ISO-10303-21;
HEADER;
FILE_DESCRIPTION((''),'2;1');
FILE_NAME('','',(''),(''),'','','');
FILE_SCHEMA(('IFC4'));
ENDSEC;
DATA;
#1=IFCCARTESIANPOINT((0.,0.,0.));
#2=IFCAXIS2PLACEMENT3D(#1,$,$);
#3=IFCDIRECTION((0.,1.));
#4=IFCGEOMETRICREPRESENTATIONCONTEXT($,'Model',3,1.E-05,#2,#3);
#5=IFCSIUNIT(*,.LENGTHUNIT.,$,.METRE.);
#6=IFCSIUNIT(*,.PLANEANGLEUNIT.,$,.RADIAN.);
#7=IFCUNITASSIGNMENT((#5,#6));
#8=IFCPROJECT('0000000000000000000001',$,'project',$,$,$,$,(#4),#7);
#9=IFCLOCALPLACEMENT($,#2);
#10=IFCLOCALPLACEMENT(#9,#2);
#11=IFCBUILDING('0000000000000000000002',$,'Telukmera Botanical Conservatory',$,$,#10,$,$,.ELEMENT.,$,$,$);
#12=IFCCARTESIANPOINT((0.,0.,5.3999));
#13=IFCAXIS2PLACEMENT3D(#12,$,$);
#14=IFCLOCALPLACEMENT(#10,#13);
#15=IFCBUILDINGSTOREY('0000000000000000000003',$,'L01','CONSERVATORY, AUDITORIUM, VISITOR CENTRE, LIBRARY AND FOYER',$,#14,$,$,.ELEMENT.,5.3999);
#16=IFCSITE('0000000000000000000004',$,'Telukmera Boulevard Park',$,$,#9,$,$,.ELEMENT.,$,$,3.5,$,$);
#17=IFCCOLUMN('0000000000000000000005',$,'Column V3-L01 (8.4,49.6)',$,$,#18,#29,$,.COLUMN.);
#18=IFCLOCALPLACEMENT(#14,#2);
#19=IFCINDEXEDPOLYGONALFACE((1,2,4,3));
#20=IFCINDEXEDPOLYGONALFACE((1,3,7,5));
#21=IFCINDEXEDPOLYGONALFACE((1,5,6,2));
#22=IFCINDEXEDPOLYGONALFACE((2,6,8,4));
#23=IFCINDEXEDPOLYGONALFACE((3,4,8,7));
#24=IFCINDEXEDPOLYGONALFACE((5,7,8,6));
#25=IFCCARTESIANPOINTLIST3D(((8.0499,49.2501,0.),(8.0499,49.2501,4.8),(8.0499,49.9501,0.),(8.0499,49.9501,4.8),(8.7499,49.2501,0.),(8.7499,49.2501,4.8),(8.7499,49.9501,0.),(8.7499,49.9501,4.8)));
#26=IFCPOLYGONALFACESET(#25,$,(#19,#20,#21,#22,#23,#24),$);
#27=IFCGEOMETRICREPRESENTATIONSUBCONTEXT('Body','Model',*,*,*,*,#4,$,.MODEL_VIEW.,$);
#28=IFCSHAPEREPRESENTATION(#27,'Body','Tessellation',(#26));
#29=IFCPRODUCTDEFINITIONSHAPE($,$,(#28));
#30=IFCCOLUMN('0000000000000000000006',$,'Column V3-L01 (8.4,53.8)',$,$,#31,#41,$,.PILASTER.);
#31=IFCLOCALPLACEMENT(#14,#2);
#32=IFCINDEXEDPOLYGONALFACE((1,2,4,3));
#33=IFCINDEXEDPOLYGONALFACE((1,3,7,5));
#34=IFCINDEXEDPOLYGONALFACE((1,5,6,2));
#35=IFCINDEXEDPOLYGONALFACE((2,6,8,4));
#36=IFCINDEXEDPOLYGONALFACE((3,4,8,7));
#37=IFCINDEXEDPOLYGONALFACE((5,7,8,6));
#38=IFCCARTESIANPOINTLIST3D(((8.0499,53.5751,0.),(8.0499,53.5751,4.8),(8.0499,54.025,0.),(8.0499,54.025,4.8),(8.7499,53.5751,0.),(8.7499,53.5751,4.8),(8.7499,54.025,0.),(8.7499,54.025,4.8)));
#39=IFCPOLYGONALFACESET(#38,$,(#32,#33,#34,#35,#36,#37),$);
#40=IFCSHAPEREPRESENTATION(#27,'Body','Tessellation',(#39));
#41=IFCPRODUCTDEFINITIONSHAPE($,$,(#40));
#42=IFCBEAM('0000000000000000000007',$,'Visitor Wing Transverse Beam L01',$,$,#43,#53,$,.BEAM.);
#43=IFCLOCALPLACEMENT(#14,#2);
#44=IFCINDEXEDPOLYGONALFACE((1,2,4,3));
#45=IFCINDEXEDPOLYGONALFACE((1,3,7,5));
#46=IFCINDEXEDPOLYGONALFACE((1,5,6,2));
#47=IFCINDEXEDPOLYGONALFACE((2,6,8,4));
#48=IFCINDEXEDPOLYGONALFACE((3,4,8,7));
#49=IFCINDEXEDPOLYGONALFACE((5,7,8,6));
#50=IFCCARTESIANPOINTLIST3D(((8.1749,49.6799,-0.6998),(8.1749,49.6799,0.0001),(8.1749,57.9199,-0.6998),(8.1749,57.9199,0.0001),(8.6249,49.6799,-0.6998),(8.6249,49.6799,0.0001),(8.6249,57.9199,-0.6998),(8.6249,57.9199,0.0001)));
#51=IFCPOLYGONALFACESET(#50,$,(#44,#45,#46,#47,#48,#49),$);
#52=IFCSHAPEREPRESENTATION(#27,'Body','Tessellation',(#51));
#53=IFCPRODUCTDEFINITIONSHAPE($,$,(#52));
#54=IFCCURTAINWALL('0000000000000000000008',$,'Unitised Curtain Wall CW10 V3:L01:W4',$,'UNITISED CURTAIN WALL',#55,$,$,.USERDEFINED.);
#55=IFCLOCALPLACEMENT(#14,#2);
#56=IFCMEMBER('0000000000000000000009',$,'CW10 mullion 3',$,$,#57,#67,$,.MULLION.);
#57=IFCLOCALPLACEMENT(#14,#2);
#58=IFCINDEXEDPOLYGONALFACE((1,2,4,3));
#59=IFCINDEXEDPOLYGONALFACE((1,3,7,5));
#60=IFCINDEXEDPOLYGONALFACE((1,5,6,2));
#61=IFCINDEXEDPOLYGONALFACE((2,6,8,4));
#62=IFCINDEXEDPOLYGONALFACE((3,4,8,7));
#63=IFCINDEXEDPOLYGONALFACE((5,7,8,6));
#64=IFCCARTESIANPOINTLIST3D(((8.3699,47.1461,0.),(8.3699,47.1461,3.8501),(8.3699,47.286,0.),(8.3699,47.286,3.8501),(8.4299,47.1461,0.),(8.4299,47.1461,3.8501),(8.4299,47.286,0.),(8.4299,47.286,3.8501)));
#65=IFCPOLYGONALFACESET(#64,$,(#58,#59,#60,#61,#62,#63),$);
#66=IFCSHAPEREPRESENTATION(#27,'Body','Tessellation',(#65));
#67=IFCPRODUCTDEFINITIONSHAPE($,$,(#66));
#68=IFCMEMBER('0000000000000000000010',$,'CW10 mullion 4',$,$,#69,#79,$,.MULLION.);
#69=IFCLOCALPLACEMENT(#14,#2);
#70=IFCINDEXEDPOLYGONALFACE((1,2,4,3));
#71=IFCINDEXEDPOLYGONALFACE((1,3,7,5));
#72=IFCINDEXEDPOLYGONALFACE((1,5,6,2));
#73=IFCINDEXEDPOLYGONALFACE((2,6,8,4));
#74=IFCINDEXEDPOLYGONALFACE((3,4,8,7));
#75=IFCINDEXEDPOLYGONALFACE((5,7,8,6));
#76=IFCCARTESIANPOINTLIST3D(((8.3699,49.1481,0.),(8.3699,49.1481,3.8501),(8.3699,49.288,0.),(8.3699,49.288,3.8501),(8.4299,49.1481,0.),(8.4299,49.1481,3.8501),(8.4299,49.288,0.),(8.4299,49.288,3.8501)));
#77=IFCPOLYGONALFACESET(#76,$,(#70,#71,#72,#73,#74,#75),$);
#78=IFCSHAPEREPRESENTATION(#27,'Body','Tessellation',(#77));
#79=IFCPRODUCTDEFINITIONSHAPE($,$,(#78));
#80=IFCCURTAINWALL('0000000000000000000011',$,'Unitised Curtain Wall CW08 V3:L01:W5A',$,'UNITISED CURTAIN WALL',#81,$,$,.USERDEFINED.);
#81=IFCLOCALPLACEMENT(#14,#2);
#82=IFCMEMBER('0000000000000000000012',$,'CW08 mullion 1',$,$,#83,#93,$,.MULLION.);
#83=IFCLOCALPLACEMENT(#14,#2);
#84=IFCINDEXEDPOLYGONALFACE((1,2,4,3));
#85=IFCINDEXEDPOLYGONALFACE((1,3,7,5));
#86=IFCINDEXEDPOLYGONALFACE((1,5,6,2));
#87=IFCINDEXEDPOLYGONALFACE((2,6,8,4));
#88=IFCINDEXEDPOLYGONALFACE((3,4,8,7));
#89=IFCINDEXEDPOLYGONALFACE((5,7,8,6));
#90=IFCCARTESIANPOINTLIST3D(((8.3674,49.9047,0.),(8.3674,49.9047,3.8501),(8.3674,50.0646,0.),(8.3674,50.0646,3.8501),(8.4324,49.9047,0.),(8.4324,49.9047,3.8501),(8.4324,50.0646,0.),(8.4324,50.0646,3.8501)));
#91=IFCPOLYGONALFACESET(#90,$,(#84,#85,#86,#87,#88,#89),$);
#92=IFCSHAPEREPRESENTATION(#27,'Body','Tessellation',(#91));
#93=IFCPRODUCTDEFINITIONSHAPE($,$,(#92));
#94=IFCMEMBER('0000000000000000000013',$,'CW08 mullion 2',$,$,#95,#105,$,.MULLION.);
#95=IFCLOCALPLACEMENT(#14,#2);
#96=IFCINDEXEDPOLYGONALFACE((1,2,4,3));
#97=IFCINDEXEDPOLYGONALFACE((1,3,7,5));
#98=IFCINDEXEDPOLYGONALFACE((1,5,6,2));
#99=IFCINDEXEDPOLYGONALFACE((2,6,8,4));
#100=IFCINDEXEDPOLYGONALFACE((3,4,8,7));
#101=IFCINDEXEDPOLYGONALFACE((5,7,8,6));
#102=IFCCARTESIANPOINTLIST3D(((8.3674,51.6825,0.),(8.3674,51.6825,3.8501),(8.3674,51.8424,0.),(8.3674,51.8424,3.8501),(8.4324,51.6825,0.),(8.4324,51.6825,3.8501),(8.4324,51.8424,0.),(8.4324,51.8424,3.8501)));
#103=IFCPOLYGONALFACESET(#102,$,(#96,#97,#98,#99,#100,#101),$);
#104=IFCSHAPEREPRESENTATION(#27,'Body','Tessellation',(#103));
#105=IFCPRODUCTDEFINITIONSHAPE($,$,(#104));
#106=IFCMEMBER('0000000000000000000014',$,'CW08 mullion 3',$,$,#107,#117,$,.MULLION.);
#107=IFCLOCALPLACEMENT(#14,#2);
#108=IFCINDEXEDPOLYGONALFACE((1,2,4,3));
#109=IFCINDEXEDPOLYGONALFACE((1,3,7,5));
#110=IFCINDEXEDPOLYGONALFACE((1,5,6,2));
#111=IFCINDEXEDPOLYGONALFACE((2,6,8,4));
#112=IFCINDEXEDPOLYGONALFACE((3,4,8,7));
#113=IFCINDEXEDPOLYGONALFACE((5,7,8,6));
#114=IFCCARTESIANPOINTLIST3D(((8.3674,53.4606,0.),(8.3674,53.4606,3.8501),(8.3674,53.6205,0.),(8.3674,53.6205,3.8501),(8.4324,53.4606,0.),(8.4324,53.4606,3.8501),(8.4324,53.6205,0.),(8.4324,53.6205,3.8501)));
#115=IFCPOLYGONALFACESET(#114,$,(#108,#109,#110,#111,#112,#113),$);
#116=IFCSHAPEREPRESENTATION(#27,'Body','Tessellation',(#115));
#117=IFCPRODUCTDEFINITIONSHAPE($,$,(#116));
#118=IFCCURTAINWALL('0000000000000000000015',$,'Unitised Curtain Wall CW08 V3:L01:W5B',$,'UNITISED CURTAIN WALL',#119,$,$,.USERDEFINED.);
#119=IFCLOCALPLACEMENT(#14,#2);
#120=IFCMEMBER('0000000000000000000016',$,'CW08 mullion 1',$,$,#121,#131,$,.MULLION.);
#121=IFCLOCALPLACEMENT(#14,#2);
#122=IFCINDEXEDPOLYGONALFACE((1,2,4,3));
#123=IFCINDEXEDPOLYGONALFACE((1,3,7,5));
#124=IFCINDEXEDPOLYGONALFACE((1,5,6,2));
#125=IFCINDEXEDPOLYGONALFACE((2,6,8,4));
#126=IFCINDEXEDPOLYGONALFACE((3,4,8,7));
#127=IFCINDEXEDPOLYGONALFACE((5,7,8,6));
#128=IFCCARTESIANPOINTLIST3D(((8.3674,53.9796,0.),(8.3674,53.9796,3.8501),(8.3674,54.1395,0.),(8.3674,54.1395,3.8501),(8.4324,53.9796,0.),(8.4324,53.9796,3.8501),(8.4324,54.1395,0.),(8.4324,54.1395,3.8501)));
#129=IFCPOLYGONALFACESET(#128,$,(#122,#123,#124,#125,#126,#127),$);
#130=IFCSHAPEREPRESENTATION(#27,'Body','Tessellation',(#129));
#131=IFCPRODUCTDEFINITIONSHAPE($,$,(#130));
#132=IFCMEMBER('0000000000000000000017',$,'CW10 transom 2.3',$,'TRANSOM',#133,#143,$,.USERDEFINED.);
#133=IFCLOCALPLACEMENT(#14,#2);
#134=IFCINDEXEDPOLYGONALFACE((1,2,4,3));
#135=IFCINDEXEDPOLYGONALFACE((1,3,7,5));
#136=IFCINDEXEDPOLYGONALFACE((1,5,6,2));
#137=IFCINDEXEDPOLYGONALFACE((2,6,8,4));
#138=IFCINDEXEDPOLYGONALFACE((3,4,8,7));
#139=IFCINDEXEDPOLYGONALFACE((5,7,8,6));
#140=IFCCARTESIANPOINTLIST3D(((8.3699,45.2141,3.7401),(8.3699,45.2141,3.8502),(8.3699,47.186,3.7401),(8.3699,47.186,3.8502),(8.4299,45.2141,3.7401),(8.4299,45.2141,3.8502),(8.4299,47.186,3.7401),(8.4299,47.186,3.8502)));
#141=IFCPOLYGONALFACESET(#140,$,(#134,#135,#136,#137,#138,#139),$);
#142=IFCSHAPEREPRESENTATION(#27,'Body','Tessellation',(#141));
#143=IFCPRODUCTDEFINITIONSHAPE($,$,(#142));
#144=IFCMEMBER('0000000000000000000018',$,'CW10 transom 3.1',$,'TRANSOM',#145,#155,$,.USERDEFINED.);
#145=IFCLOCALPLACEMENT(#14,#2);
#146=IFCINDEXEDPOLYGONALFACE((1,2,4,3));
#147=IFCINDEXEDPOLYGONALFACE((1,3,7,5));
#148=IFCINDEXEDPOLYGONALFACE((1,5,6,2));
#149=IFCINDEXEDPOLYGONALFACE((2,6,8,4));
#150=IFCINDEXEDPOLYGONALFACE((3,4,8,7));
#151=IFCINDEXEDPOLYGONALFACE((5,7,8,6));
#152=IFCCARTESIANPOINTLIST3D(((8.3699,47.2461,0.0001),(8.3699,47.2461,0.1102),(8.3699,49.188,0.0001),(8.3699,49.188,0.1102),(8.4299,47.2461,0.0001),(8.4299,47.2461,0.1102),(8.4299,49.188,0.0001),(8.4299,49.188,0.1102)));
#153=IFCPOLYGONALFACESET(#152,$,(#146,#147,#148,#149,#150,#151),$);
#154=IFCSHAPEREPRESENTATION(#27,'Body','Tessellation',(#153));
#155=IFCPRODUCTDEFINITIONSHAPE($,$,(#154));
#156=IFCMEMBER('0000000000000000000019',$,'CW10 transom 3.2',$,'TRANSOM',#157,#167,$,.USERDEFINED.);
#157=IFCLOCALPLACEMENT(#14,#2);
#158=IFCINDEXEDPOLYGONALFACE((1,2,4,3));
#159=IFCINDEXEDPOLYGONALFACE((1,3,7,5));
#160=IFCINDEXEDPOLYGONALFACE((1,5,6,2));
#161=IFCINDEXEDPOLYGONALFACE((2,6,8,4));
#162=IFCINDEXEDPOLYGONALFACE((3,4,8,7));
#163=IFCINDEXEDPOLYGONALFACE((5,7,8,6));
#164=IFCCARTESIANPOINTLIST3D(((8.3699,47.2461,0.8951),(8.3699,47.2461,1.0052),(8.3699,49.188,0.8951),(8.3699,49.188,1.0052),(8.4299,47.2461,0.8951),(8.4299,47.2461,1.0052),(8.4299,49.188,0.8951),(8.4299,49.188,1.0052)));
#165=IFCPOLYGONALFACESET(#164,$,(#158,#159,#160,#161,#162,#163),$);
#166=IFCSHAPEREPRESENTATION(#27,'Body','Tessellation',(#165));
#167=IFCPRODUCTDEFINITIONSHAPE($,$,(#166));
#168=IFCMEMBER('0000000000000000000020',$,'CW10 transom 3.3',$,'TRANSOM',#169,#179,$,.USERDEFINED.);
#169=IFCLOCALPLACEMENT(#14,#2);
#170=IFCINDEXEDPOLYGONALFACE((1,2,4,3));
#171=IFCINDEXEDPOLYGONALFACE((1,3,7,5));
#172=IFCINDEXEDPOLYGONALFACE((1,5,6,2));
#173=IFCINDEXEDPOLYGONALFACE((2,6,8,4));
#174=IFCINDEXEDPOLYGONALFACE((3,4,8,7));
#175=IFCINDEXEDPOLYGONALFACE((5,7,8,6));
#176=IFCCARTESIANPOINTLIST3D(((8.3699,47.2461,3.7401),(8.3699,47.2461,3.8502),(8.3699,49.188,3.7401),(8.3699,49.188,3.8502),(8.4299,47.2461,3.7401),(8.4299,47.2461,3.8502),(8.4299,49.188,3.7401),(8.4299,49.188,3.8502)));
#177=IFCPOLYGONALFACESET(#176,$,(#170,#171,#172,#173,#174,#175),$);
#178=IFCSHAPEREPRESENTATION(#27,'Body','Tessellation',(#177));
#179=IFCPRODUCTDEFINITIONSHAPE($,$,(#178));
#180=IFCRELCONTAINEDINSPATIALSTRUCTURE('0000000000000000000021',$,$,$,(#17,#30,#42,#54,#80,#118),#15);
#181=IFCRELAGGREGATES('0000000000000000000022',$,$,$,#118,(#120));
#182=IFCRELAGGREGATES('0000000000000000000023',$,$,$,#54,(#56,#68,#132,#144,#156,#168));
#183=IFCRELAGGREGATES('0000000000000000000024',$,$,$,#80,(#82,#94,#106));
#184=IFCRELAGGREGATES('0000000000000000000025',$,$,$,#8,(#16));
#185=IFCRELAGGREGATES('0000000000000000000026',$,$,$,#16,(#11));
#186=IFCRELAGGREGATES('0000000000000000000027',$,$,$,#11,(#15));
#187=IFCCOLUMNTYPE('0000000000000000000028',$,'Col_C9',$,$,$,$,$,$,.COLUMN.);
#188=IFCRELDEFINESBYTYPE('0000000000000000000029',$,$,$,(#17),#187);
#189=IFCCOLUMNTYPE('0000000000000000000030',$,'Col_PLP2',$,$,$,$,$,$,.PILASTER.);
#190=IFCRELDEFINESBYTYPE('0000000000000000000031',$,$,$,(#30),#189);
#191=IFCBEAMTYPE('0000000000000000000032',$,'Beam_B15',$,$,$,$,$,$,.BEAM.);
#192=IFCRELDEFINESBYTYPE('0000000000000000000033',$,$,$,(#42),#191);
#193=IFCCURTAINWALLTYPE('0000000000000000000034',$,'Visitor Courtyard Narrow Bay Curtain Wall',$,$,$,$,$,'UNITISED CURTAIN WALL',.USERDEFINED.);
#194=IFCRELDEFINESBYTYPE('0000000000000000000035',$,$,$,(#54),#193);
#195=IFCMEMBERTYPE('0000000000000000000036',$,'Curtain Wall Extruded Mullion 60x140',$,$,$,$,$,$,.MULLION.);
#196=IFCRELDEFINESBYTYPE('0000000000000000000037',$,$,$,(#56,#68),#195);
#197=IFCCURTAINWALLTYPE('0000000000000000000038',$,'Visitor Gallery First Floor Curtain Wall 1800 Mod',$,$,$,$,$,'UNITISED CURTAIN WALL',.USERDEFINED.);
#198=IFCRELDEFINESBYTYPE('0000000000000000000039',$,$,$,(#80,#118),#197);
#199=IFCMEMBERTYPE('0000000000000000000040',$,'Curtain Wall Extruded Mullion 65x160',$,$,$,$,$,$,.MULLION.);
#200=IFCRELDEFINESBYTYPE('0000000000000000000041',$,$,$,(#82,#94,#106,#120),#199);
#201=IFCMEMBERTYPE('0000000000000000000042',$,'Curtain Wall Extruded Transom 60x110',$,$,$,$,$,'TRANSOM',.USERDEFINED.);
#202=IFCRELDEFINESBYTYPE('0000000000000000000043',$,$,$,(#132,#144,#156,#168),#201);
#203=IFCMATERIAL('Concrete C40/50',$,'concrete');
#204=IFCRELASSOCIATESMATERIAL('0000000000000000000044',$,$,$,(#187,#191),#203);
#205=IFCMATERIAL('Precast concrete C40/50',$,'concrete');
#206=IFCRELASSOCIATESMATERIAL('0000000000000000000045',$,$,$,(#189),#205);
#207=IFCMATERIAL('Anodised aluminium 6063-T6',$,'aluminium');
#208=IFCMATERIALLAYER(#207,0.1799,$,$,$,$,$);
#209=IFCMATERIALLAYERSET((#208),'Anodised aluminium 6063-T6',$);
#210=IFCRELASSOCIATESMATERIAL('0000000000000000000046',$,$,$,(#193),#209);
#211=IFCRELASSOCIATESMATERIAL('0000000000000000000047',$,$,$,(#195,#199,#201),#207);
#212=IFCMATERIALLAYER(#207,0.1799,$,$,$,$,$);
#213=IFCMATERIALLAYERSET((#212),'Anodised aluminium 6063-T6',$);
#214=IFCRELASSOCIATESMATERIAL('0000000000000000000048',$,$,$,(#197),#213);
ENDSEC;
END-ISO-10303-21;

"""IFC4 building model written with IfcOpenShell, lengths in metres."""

from ifc_helpers import new_model, si_unit, direction, frame, origin, origin_2d, place, context, subcontext, project, spatial, rectangle, extrude, material, layer, layer_set, material_profile, profile_set, type_object, element, aggregate, save


model = new_model("IFC4")

# Units and contexts
model_context = context("Model", 3, precision=1e-05, world=origin(), true_north=direction((0.0, 1.0)))
body_context = subcontext(model_context, "Body", "Model", "MODEL_VIEW")
ifc_project = project(units=[si_unit("LENGTHUNIT", "METRE"), si_unit("PLANEANGLEUNIT", "RADIAN")], contexts=[model_context])

# Site, building, storey
site_placement = place(None, origin())
site = spatial("IfcSite", under=ifc_project, at=site_placement, Name="Telukmera Boulevard Park", CompositionType="ELEMENT", RefElevation=3.5)
building_placement = place(site_placement, origin())
building = spatial("IfcBuilding", under=site, at=building_placement, Name="Telukmera Botanical Conservatory", CompositionType="ELEMENT")
storey_placement = place(building_placement, frame((0.0, 0.0, 5.3999)))
storey = spatial("IfcBuildingStorey", under=building, at=storey_placement, Name="L01", Description="CONSERVATORY, AUDITORIUM, VISITOR CENTRE, LIBRARY AND FOYER", CompositionType="ELEMENT", Elevation=5.3999)

# Columns
ifc_material_1 = material(Name="Concrete C40/50", Category="concrete")
ifc_material_profile_1 = material_profile(ifc_material_1, rectangle(XDim=0.7, YDim=0.7, at=origin_2d()), Name="RC 700x700")
ifc_profile_set_1 = profile_set([ifc_material_profile_1], Name="Concrete C40/50")
column_type_1 = type_object("IfcColumnType", Name="Col_C9", PredefinedType="COLUMN", material=ifc_profile_set_1)
column_1_placement = place(storey_placement, frame((8.3999, 49.6001, 0.0), z_axis=(0.0, 0.0, 1.0), x_axis=(1.0, 0.0, 0.0)))
element("IfcColumn", 1, at=column_1_placement, inside=storey, type_object=column_type_1, Name="Column V3-L01 (8.4,49.6)", PredefinedType="COLUMN", context=body_context, shape_type="SweptSolid", body=[
    extrude(rectangle(XDim=0.7, YDim=0.7, at=origin_2d()), origin(), (0.0, 0.0, 1.0), 4.8),
])
ifc_material_2 = material(Name="Precast concrete C40/50", Category="concrete")
ifc_material_profile_2 = material_profile(ifc_material_2, rectangle(XDim=0.7, YDim=0.45, at=origin_2d()), Name="PC 700x450")
ifc_profile_set_2 = profile_set([ifc_material_profile_2], Name="Precast concrete C40/50")
column_type_2 = type_object("IfcColumnType", Name="Col_PLP2", PredefinedType="PILASTER", material=ifc_profile_set_2)
column_2_placement = place(storey_placement, frame((8.3999, 53.8, 0.0), z_axis=(0.0, 0.0, 1.0), x_axis=(1.0, 0.0, 0.0)))
element("IfcColumn", 2, at=column_2_placement, inside=storey, type_object=column_type_2, Name="Column V3-L01 (8.4,53.8)", PredefinedType="PILASTER", context=body_context, shape_type="SweptSolid", body=[
    extrude(rectangle(XDim=0.7, YDim=0.45, at=origin_2d()), origin(), (0.0, 0.0, 1.0), 4.8),
])

# Beam
ifc_material_profile_3 = material_profile(ifc_material_1, rectangle(XDim=0.45, YDim=0.7, at=origin_2d()), Name="RC 450x700")
ifc_profile_set_3 = profile_set([ifc_material_profile_3], Name="Concrete C40/50")
beam_type = type_object("IfcBeamType", Name="Beam_B15", PredefinedType="BEAM", material=ifc_profile_set_3)
beam_placement = place(storey_placement, frame((8.3999, 49.6799, -0.3499), z_axis=(0.0, 1.0, 0.0), x_axis=(-1.0, 0.0, 0.0)))
element("IfcBeam", 3, at=beam_placement, inside=storey, type_object=beam_type, Name="Visitor Wing Transverse Beam L01", PredefinedType="BEAM", context=body_context, shape_type="SweptSolid", body=[
    extrude(rectangle(XDim=0.45, YDim=0.7, at=origin_2d()), origin(), (0.0, 0.0, 1.0), 8.24),
])

# Curtain walls, members
ifc_material_3 = material(Name="Anodised aluminium 6063-T6", Category="aluminium")
ifc_layer_1 = layer(ifc_material_3, 0.1799)
ifc_layer_set_1 = layer_set([ifc_layer_1], Name="Anodised aluminium 6063-T6")
curtain_wall_type_1 = type_object("IfcCurtainWallType", Name="Visitor Courtyard Narrow Bay Curtain Wall", ElementType="UNITISED CURTAIN WALL", PredefinedType="USERDEFINED", material=ifc_layer_set_1)
curtain_wall_1_placement = place(storey_placement, origin())
curtain_wall_1 = element("IfcCurtainWall", 4, at=curtain_wall_1_placement, inside=storey, type_object=curtain_wall_type_1, Name="Unitised Curtain Wall CW10 V3:L01:W4", ObjectType="UNITISED CURTAIN WALL", PredefinedType="USERDEFINED")
ifc_material_profile_4 = material_profile(ifc_material_3, rectangle(XDim=0.0601, YDim=0.1399, at=origin_2d()), Name="ALU MULL 60x140")
ifc_profile_set_4 = profile_set([ifc_material_profile_4], Name="Anodised aluminium 6063-T6")
member_type_1 = type_object("IfcMemberType", Name="Curtain Wall Extruded Mullion 60x140", PredefinedType="MULLION", material=ifc_profile_set_4)
member_1_placement = place(storey_placement, frame((8.3999, 47.2161, 0.0), z_axis=(0.0, 0.0, 1.0), x_axis=(-1.0, 0.0, 0.0)))
member_1 = element("IfcMember", 5, at=member_1_placement, type_object=member_type_1, Name="CW10 mullion 3", PredefinedType="MULLION", context=body_context, shape_type="SweptSolid", body=[
    extrude(rectangle(XDim=0.0601, YDim=0.1399, at=origin_2d()), origin(), (0.0, 0.0, 1.0), 3.8501),
])
member_2_placement = place(storey_placement, frame((8.3999, 49.218, 0.0), z_axis=(0.0, 0.0, 1.0), x_axis=(-1.0, 0.0, 0.0)))
member_2 = element("IfcMember", 6, at=member_2_placement, type_object=member_type_1, Name="CW10 mullion 4", PredefinedType="MULLION", context=body_context, shape_type="SweptSolid", body=[
    extrude(rectangle(XDim=0.0601, YDim=0.1399, at=origin_2d()), origin(), (0.0, 0.0, 1.0), 3.8501),
])
ifc_layer_2 = layer(ifc_material_3, 0.1799)
ifc_layer_set_2 = layer_set([ifc_layer_2], Name="Anodised aluminium 6063-T6")
curtain_wall_type_2 = type_object("IfcCurtainWallType", Name="Visitor Gallery First Floor Curtain Wall 1800 Mod", ElementType="UNITISED CURTAIN WALL", PredefinedType="USERDEFINED", material=ifc_layer_set_2)
curtain_wall_2_placement = place(storey_placement, origin())
curtain_wall_2 = element("IfcCurtainWall", 7, at=curtain_wall_2_placement, inside=storey, type_object=curtain_wall_type_2, Name="Unitised Curtain Wall CW08 V3:L01:W5A", ObjectType="UNITISED CURTAIN WALL", PredefinedType="USERDEFINED")
ifc_material_profile_5 = material_profile(ifc_material_3, rectangle(XDim=0.0649, YDim=0.1599, at=origin_2d()), Name="ALU MULL 65x160")
ifc_profile_set_5 = profile_set([ifc_material_profile_5], Name="Anodised aluminium 6063-T6")
member_type_2 = type_object("IfcMemberType", Name="Curtain Wall Extruded Mullion 65x160", PredefinedType="MULLION", material=ifc_profile_set_5)
member_3_placement = place(storey_placement, frame((8.3999, 49.9846, 0.0), z_axis=(0.0, 0.0, 1.0), x_axis=(-1.0, 0.0, 0.0)))
member_3 = element("IfcMember", 8, at=member_3_placement, type_object=member_type_2, Name="CW08 mullion 1", PredefinedType="MULLION", context=body_context, shape_type="SweptSolid", body=[
    extrude(rectangle(XDim=0.0649, YDim=0.1599, at=origin_2d()), origin(), (0.0, 0.0, 1.0), 3.8501),
])
member_4_placement = place(storey_placement, frame((8.3999, 51.7625, 0.0), z_axis=(0.0, 0.0, 1.0), x_axis=(-1.0, 0.0, 0.0)))
member_4 = element("IfcMember", 9, at=member_4_placement, type_object=member_type_2, Name="CW08 mullion 2", PredefinedType="MULLION", context=body_context, shape_type="SweptSolid", body=[
    extrude(rectangle(XDim=0.0649, YDim=0.1599, at=origin_2d()), origin(), (0.0, 0.0, 1.0), 3.8501),
])
member_5_placement = place(storey_placement, frame((8.3999, 53.5405, 0.0), z_axis=(0.0, 0.0, 1.0), x_axis=(-1.0, 0.0, 0.0)))
member_5 = element("IfcMember", 10, at=member_5_placement, type_object=member_type_2, Name="CW08 mullion 3", PredefinedType="MULLION", context=body_context, shape_type="SweptSolid", body=[
    extrude(rectangle(XDim=0.0649, YDim=0.1599, at=origin_2d()), origin(), (0.0, 0.0, 1.0), 3.8501),
])

# Curtain wall, member
curtain_wall_3_placement = place(storey_placement, origin())
curtain_wall_3 = element("IfcCurtainWall", 11, at=curtain_wall_3_placement, inside=storey, type_object=curtain_wall_type_2, Name="Unitised Curtain Wall CW08 V3:L01:W5B", ObjectType="UNITISED CURTAIN WALL", PredefinedType="USERDEFINED")
member_6_placement = place(storey_placement, frame((8.3999, 54.0596, 0.0), z_axis=(0.0, 0.0, 1.0), x_axis=(-1.0, 0.0, 0.0)))
member_6 = element("IfcMember", 12, at=member_6_placement, type_object=member_type_2, Name="CW08 mullion 1", PredefinedType="MULLION", context=body_context, shape_type="SweptSolid", body=[
    extrude(rectangle(XDim=0.0649, YDim=0.1599, at=origin_2d()), origin(), (0.0, 0.0, 1.0), 3.8501),
])
aggregate(curtain_wall_3, [member_6])

# Members
ifc_material_profile_6 = material_profile(ifc_material_3, rectangle(XDim=0.0601, YDim=0.1101, at=origin_2d()), Name="ALU TRAN 60x110")
ifc_profile_set_6 = profile_set([ifc_material_profile_6], Name="Anodised aluminium 6063-T6")
member_type_3 = type_object("IfcMemberType", Name="Curtain Wall Extruded Transom 60x110", ElementType="TRANSOM", PredefinedType="USERDEFINED", material=ifc_profile_set_6)
member_7_placement = place(storey_placement, frame((8.3999, 45.2141, 3.7952), z_axis=(0.0, 1.0, 0.0), x_axis=(-1.0, 0.0, 0.0)))
member_7 = element("IfcMember", 13, at=member_7_placement, type_object=member_type_3, Name="CW10 transom 2.3", ObjectType="TRANSOM", PredefinedType="USERDEFINED", context=body_context, shape_type="SweptSolid", body=[
    extrude(rectangle(XDim=0.0601, YDim=0.1101, at=origin_2d()), origin(), (0.0, 0.0, 1.0), 1.9719),
])
member_8_placement = place(storey_placement, frame((8.3999, 47.2461, 0.0552), z_axis=(0.0, 1.0, 0.0), x_axis=(-1.0, 0.0, 0.0)))
member_8 = element("IfcMember", 14, at=member_8_placement, type_object=member_type_3, Name="CW10 transom 3.1", ObjectType="TRANSOM", PredefinedType="USERDEFINED", context=body_context, shape_type="SweptSolid", body=[
    extrude(rectangle(XDim=0.0601, YDim=0.1101, at=origin_2d()), origin(), (0.0, 0.0, 1.0), 1.9419),
])
member_9_placement = place(storey_placement, frame((8.3999, 47.2461, 0.9502), z_axis=(0.0, 1.0, 0.0), x_axis=(-1.0, 0.0, 0.0)))
member_9 = element("IfcMember", 15, at=member_9_placement, type_object=member_type_3, Name="CW10 transom 3.2", ObjectType="TRANSOM", PredefinedType="USERDEFINED", context=body_context, shape_type="SweptSolid", body=[
    extrude(rectangle(XDim=0.0601, YDim=0.1101, at=origin_2d()), origin(), (0.0, 0.0, 1.0), 1.9419),
])
member_10_placement = place(storey_placement, frame((8.3999, 47.2461, 3.7952), z_axis=(0.0, 1.0, 0.0), x_axis=(-1.0, 0.0, 0.0)))
member_10 = element("IfcMember", 16, at=member_10_placement, type_object=member_type_3, Name="CW10 transom 3.3", ObjectType="TRANSOM", PredefinedType="USERDEFINED", context=body_context, shape_type="SweptSolid", body=[
    extrude(rectangle(XDim=0.0601, YDim=0.1101, at=origin_2d()), origin(), (0.0, 0.0, 1.0), 1.9419),
])

aggregate(curtain_wall_1, [member_1, member_2, member_7, member_8, member_9, member_10])
aggregate(curtain_wall_2, [member_3, member_4, member_5])

save(model, "model.ifc")
